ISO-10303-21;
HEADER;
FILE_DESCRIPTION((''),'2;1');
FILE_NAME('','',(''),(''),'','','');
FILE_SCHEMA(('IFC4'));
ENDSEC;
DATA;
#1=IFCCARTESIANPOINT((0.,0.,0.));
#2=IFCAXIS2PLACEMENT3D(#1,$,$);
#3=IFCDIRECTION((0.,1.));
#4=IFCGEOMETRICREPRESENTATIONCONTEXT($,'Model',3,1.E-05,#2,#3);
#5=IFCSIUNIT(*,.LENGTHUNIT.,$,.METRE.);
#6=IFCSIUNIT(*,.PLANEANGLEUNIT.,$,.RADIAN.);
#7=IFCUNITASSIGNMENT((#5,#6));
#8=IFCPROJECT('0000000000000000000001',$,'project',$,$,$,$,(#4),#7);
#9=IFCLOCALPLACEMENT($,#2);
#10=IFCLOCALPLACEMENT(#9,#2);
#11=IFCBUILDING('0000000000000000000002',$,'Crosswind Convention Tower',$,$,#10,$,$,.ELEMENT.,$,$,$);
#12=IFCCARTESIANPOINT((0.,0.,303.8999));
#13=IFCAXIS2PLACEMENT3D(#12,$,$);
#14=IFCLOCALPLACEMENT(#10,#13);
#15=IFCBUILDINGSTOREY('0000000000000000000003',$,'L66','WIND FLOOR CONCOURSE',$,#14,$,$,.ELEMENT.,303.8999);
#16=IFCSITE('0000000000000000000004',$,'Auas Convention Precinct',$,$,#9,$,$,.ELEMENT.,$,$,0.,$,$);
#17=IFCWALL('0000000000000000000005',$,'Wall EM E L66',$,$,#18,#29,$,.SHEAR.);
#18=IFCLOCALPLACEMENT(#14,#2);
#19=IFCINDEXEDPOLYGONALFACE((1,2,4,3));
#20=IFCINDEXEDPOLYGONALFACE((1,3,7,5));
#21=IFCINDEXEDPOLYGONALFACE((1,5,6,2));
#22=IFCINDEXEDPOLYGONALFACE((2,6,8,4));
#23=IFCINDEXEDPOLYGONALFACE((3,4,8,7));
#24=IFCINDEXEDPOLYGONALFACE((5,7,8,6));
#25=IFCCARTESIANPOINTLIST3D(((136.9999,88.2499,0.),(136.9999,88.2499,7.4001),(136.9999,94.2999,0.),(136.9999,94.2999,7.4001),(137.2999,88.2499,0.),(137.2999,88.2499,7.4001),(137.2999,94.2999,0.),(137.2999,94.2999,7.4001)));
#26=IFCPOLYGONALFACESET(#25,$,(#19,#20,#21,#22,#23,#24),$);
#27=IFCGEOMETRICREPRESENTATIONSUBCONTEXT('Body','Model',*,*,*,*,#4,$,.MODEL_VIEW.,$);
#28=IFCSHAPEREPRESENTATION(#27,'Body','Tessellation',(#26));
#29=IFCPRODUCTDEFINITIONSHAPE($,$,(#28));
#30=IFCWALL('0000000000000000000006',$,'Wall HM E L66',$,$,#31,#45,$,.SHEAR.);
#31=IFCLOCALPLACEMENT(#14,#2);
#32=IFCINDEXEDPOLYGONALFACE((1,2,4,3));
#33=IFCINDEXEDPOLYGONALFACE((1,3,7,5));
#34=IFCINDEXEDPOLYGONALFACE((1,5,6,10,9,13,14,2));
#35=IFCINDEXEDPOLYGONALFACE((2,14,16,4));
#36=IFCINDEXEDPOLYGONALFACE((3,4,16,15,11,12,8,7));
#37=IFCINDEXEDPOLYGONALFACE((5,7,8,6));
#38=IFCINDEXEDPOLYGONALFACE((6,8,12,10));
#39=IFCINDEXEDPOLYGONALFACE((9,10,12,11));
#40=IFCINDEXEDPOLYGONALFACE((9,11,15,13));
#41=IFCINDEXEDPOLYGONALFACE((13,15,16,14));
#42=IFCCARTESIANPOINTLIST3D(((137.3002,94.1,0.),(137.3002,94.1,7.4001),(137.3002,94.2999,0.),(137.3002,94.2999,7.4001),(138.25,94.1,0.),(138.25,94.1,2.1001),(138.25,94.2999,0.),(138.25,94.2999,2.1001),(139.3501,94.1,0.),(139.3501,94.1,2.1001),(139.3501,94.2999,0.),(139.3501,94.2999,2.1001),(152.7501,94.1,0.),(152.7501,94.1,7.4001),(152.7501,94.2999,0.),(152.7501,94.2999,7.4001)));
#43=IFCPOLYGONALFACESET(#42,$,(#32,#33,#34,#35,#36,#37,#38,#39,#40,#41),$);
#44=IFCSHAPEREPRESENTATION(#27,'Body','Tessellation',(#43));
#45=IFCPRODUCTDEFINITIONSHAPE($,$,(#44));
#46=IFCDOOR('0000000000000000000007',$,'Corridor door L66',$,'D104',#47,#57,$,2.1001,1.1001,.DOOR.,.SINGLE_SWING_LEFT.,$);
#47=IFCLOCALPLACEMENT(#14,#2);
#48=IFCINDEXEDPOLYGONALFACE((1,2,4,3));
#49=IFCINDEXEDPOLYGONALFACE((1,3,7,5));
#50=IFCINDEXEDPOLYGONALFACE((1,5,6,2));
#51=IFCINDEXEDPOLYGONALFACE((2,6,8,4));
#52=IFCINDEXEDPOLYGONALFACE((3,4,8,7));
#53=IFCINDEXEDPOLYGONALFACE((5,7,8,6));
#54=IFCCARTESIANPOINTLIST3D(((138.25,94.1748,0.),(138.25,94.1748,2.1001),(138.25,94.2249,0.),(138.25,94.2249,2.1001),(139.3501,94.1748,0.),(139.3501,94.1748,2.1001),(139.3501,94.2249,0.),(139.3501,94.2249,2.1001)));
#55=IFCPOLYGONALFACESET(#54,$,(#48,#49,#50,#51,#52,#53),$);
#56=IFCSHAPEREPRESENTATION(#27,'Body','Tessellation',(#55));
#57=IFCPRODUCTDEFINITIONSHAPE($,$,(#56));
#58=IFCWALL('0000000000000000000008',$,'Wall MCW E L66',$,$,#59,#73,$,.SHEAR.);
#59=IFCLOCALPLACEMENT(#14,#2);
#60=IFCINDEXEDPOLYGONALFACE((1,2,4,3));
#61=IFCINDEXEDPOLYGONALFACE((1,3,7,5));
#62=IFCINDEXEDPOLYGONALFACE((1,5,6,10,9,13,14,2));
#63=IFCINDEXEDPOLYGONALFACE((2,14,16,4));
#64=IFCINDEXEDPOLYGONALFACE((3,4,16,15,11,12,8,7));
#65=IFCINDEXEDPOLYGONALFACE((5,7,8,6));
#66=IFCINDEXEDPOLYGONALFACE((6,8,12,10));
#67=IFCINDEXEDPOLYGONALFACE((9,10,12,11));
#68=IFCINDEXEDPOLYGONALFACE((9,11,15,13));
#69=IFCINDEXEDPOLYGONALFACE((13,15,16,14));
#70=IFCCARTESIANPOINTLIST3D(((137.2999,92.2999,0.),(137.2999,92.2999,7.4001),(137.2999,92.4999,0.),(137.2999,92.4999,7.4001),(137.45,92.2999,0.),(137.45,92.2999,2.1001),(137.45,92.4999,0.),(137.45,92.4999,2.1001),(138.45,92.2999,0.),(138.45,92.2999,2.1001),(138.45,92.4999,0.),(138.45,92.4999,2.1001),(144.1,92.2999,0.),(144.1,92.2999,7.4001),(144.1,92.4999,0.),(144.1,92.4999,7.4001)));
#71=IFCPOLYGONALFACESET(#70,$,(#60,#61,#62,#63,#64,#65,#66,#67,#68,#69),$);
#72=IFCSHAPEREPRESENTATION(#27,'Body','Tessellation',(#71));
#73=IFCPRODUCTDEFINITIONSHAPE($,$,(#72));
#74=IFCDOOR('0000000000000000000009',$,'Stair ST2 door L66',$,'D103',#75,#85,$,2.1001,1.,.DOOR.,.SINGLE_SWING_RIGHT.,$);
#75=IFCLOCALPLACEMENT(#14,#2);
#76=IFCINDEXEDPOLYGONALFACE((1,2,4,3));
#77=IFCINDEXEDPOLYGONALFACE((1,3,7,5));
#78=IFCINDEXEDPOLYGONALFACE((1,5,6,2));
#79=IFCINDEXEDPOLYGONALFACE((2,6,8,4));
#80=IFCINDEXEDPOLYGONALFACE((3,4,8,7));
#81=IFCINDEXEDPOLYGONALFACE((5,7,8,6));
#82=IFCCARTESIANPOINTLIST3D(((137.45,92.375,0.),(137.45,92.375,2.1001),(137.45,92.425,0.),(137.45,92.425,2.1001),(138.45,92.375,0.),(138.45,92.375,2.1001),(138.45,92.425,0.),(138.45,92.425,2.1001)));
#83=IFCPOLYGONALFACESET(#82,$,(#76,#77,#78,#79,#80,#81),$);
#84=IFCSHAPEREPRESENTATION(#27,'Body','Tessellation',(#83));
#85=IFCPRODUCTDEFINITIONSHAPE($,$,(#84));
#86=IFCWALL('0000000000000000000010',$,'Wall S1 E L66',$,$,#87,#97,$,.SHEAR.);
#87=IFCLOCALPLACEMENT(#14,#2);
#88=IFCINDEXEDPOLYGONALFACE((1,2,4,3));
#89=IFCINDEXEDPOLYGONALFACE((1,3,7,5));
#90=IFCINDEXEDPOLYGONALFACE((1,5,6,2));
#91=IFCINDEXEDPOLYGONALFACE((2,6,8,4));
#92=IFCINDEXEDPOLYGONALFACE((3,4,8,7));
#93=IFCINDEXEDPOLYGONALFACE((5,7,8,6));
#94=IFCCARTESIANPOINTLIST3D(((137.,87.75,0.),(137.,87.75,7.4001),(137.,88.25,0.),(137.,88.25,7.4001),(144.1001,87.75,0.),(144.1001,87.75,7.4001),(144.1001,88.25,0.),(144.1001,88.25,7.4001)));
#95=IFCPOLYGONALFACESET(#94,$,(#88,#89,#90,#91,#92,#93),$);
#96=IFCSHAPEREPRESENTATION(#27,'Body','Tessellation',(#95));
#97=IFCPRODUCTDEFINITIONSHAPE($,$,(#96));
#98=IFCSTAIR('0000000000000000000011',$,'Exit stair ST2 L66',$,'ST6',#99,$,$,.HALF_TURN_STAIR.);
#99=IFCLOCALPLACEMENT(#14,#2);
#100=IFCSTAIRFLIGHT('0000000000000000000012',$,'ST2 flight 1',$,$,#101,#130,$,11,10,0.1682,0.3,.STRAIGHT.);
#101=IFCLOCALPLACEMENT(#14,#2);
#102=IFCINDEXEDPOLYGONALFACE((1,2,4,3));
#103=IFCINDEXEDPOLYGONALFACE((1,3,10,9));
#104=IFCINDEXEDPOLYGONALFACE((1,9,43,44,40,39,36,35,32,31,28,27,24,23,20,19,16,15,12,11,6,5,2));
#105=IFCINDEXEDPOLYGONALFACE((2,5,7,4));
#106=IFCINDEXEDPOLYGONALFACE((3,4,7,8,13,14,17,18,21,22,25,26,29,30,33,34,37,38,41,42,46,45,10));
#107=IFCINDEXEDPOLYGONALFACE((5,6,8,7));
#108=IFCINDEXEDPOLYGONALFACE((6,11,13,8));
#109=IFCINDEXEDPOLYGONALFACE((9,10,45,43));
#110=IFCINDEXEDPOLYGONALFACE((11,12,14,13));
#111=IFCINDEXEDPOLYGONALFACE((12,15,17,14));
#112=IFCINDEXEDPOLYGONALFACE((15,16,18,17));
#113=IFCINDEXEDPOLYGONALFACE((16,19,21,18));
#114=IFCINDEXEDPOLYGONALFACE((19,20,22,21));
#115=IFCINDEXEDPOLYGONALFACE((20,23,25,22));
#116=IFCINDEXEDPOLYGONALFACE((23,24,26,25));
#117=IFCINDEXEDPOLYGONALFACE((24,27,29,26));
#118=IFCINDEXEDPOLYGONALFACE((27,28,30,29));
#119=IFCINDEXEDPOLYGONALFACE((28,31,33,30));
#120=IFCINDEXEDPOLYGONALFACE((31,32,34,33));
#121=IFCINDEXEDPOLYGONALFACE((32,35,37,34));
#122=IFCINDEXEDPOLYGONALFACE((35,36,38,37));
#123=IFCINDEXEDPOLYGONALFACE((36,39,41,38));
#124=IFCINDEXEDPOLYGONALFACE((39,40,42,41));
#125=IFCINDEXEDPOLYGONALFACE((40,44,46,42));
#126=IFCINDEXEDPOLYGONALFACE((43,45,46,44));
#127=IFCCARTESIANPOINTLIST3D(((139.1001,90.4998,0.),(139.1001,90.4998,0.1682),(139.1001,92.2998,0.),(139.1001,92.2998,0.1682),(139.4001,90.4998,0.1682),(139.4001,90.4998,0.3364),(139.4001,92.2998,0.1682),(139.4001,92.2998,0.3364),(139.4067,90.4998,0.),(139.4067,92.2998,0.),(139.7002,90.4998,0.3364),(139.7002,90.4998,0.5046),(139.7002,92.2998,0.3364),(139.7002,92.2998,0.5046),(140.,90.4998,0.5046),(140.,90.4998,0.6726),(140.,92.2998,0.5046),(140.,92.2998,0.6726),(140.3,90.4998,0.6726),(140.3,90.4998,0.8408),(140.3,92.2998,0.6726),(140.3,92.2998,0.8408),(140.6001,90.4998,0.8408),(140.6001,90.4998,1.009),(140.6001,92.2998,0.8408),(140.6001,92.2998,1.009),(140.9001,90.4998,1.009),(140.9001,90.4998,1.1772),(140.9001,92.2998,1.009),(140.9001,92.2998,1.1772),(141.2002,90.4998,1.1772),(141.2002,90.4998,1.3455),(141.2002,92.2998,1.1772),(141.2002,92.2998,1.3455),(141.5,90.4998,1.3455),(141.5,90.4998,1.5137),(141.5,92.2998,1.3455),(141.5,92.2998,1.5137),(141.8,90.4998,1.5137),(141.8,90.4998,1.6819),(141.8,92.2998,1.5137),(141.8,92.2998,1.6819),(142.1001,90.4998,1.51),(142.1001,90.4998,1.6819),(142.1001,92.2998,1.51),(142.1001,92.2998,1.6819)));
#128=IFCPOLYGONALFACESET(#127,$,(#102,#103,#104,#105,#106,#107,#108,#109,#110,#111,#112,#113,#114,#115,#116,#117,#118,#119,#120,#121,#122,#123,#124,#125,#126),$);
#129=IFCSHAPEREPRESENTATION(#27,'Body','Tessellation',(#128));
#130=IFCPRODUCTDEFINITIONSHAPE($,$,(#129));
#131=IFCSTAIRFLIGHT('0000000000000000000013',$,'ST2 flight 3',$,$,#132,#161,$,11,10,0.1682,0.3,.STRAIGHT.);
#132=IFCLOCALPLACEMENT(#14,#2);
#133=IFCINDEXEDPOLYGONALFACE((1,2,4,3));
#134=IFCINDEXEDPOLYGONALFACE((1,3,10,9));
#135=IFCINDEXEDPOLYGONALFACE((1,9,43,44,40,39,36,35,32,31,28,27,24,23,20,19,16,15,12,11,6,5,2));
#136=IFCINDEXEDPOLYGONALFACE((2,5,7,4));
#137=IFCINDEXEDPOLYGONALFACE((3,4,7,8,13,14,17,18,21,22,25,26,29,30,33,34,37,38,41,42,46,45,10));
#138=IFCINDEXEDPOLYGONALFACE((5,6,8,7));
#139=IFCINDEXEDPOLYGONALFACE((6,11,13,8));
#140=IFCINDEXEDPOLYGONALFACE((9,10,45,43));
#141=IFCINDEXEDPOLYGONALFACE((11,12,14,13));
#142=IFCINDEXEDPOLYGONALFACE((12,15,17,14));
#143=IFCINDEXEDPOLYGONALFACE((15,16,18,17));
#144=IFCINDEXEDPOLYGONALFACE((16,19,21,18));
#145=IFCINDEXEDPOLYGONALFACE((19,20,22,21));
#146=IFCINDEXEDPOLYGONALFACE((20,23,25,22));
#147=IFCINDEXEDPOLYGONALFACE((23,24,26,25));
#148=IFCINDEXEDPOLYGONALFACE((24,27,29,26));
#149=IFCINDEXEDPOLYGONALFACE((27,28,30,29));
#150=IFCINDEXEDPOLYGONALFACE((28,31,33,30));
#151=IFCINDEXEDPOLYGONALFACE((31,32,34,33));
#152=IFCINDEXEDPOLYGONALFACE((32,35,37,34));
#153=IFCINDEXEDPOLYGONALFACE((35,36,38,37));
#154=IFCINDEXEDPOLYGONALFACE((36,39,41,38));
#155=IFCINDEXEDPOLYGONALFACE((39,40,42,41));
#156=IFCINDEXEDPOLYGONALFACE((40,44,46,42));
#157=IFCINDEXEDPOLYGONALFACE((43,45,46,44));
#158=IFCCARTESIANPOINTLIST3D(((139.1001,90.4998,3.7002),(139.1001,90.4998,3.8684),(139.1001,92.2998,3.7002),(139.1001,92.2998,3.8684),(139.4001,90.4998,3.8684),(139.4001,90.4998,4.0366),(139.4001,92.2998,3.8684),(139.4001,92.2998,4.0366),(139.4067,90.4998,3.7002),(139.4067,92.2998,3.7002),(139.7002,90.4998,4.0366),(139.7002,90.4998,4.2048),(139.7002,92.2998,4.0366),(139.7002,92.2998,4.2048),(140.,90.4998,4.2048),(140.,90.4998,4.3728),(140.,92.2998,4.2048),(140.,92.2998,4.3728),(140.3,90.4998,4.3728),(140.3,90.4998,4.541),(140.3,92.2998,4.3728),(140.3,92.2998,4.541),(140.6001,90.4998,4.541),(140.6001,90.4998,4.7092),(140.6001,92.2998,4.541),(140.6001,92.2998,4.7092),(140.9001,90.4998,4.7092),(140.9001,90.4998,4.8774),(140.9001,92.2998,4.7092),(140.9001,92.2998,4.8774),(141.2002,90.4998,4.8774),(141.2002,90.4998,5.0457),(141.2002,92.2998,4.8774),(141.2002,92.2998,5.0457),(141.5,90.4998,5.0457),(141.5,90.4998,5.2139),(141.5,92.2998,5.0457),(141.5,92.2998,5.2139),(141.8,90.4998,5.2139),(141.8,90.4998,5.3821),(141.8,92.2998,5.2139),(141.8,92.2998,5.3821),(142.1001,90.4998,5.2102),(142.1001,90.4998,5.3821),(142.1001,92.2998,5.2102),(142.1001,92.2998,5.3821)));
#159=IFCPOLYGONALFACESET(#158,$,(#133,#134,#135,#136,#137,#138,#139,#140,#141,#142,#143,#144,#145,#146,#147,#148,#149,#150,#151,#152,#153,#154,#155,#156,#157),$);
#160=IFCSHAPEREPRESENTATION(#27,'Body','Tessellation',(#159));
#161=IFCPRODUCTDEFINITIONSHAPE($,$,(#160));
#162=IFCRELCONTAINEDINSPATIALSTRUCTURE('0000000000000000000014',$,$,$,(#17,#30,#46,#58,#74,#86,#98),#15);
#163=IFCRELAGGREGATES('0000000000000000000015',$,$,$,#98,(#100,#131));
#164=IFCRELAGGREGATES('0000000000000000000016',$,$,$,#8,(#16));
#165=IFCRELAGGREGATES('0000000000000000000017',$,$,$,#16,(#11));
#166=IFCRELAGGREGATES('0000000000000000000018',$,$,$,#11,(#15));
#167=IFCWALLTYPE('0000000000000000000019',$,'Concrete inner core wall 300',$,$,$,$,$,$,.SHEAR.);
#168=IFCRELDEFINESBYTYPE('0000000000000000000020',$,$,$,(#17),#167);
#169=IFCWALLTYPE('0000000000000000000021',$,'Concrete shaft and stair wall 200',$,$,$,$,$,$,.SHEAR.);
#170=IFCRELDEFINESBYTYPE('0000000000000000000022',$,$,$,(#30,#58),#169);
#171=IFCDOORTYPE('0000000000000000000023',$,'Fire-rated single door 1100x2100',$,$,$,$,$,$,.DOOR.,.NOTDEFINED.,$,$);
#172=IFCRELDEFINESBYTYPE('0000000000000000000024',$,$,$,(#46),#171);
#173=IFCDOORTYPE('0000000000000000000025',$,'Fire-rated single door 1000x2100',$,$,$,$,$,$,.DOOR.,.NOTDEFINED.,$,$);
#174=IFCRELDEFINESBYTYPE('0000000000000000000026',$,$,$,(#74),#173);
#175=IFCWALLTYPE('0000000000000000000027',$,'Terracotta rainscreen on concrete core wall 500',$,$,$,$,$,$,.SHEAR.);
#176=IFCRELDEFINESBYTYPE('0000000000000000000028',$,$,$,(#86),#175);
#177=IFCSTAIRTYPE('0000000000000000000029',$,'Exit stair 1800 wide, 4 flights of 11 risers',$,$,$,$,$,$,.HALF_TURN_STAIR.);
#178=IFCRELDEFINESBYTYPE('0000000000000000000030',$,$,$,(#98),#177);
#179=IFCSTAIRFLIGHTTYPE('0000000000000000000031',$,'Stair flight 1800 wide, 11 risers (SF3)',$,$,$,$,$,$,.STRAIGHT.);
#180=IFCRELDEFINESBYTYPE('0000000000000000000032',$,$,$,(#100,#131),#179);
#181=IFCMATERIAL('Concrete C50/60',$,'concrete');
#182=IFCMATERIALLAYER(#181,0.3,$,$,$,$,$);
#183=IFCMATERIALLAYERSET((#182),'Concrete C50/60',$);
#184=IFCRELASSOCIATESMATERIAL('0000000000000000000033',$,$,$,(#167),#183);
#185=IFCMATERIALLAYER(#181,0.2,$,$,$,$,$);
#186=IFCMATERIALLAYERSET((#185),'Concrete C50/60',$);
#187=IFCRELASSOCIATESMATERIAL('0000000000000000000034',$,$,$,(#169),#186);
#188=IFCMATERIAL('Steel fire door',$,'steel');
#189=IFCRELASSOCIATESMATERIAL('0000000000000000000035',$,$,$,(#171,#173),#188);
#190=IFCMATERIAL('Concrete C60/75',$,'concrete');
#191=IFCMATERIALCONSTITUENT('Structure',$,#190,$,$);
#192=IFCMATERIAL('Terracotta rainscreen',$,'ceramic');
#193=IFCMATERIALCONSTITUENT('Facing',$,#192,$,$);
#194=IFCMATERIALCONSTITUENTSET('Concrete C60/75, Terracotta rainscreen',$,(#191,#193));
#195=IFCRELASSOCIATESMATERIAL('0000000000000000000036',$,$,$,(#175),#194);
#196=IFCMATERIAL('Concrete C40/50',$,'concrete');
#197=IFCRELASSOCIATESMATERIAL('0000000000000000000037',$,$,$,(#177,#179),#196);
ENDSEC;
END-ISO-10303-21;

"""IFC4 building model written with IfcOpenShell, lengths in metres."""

from ifc_helpers import new_model, si_unit, direction, frame, frame_2d, origin, place, context, subcontext, project, spatial, polyline, rectangle, outline, extrude, material, layer, layer_set, constituent, constituent_set, type_object, element, fill, aggregate, save


model = new_model("IFC4")

# Units and contexts
model_context = context("Model", 3, precision=1e-05, world=origin(), true_north=direction((0.0, 1.0)))
body_context = subcontext(model_context, "Body", "Model", "MODEL_VIEW")
ifc_project = project(units=[si_unit("LENGTHUNIT", "METRE"), si_unit("PLANEANGLEUNIT", "RADIAN")], contexts=[model_context])

# Site, building, storey
site_placement = place(None, origin())
site = spatial("IfcSite", under=ifc_project, at=site_placement, Name="Auas Convention Precinct", CompositionType="ELEMENT", RefElevation=0.0)
building_placement = place(site_placement, origin())
building = spatial("IfcBuilding", under=site, at=building_placement, Name="Crosswind Convention Tower", CompositionType="ELEMENT")
storey_placement = place(building_placement, frame((0.0, 0.0, 303.8999)))
storey = spatial("IfcBuildingStorey", under=building, at=storey_placement, Name="L66", Description="WIND FLOOR CONCOURSE", CompositionType="ELEMENT", Elevation=303.8999)

# Shared definitions
ifc_material_1 = material(Name="Concrete C50/60", Category="concrete")
ifc_layer_1 = layer(ifc_material_1, 0.3)
ifc_layer_set_1 = layer_set([ifc_layer_1], Name="Concrete C50/60")
wall_type_1 = type_object("IfcWallType", Name="Concrete inner core wall 300", PredefinedType="SHEAR", material=ifc_layer_set_1)

# Wall
wall_1_placement = place(storey_placement, frame((137.1499, 88.25, 0.0), z_axis=(0.0, 0.0, 1.0), x_axis=(0.0, 1.0, 0.0)))
element("IfcWall", 1, at=wall_1_placement, inside=storey, type_object=wall_type_1, Name="Wall EM E L66", PredefinedType="SHEAR", context=body_context, shape_type="SweptSolid", body=[
    extrude(rectangle(XDim=6.05, YDim=0.3, at=frame_2d((3.0249, 0.0))), origin(), (0.0, 0.0, 1.0), 7.4001),
])

# Walls, openings, doors
ifc_layer_2 = layer(ifc_material_1, 0.2)
ifc_layer_set_2 = layer_set([ifc_layer_2], Name="Concrete C50/60")
wall_type_2 = type_object("IfcWallType", Name="Concrete shaft and stair wall 200", PredefinedType="SHEAR", material=ifc_layer_set_2)
wall_2_placement = place(storey_placement, frame((137.3, 94.2, 0.0), z_axis=(0.0, 0.0, 1.0), x_axis=(1.0, 0.0, 0.0)))
wall_2 = element("IfcWall", 2, at=wall_2_placement, inside=storey, type_object=wall_type_2, Name="Wall HM E L66", PredefinedType="SHEAR", context=body_context, shape_type="SweptSolid", body=[
    extrude(rectangle(XDim=15.45, YDim=0.2, at=frame_2d((7.7251, 0.0))), origin(), (0.0, 0.0, 1.0), 7.4001),
])
opening_1_placement = place(wall_2_placement, frame((0.95, 0.0, 0.0)))
opening_1 = element("IfcOpeningElement", 3, at=opening_1_placement, cuts=wall_2, PredefinedType="OPENING", context=body_context, shape_type="SweptSolid", body=[
    extrude(rectangle(XDim=1.1001, YDim=2.1001, at=frame_2d((0.55, 1.05))), frame((0.0, 0.1099, 0.0), z_axis=(0.0, -1.0, 0.0), x_axis=(1.0, 0.0, 0.0)), (0.0, 0.0, 1.0), 0.22),
])
ifc_material_2 = material(Name="Steel fire door", Category="steel")
door_type_1 = type_object("IfcDoorType", Name="Fire-rated single door 1100x2100", OperationType="NOTDEFINED", PredefinedType="DOOR", material=ifc_material_2)
door_1_placement = place(opening_1_placement, origin())
door_1 = element("IfcDoor", 4, at=door_1_placement, inside=storey, type_object=door_type_1, Name="Corridor door L66", ObjectType="D104", OperationType="SINGLE_SWING_LEFT", OverallHeight=2.1001, OverallWidth=1.1001, PredefinedType="DOOR", context=body_context, shape_type="SweptSolid", body=[
    extrude(rectangle(XDim=1.1001, YDim=2.1001, at=frame_2d((0.55, 1.05))), frame((0.0, 0.0249, 0.0), z_axis=(0.0, -1.0, 0.0), x_axis=(1.0, 0.0, 0.0)), (0.0, 0.0, 1.0), 0.05),
])
fill(opening_1, door_1)
wall_3_placement = place(storey_placement, frame((137.3, 92.3999, 0.0), z_axis=(0.0, 0.0, 1.0), x_axis=(1.0, 0.0, 0.0)))
wall_3 = element("IfcWall", 5, at=wall_3_placement, inside=storey, type_object=wall_type_2, Name="Wall MCW E L66", PredefinedType="SHEAR", context=body_context, shape_type="SweptSolid", body=[
    extrude(rectangle(XDim=6.8, YDim=0.2, at=frame_2d((3.3999, 0.0))), origin(), (0.0, 0.0, 1.0), 7.4001),
])
opening_2_placement = place(wall_3_placement, frame((0.1499, 0.0, 0.0)))
opening_2 = element("IfcOpeningElement", 6, at=opening_2_placement, cuts=wall_3, PredefinedType="OPENING", context=body_context, shape_type="SweptSolid", body=[
    extrude(rectangle(XDim=1.0, YDim=2.1001, at=frame_2d((0.5, 1.05))), frame((0.0, 0.1099, 0.0), z_axis=(0.0, -1.0, 0.0), x_axis=(1.0, 0.0, 0.0)), (0.0, 0.0, 1.0), 0.22),
])
door_type_2 = type_object("IfcDoorType", Name="Fire-rated single door 1000x2100", OperationType="NOTDEFINED", PredefinedType="DOOR", material=ifc_material_2)
door_2_placement = place(opening_2_placement, frame((1.0, 0.0, 0.0), z_axis=(0.0, 0.0, 1.0), x_axis=(-1.0, 0.0, 0.0)))
door_2 = element("IfcDoor", 7, at=door_2_placement, inside=storey, type_object=door_type_2, Name="Stair ST2 door L66", ObjectType="D103", OperationType="SINGLE_SWING_RIGHT", OverallHeight=2.1001, OverallWidth=1.0, PredefinedType="DOOR", context=body_context, shape_type="SweptSolid", body=[
    extrude(rectangle(XDim=1.0, YDim=2.1001, at=frame_2d((0.5, 1.05))), frame((0.0, 0.0249, 0.0), z_axis=(0.0, -1.0, 0.0), x_axis=(1.0, 0.0, 0.0)), (0.0, 0.0, 1.0), 0.05),
])
fill(opening_2, door_2)

# Wall
ifc_material_3 = material(Name="Concrete C60/75", Category="concrete")
ifc_constituent_1 = constituent(ifc_material_3, Name="Structure")
ifc_material_4 = material(Name="Terracotta rainscreen", Category="ceramic")
ifc_constituent_2 = constituent(ifc_material_4, Name="Facing")
ifc_constituent_set = constituent_set(constituents=[ifc_constituent_1, ifc_constituent_2], Name="Concrete C60/75, Terracotta rainscreen")
wall_type_3 = type_object("IfcWallType", Name="Terracotta rainscreen on concrete core wall 500", PredefinedType="SHEAR", material=ifc_constituent_set)
wall_4_placement = place(storey_placement, frame((137.0, 88.0, 0.0), z_axis=(0.0, 0.0, 1.0), x_axis=(1.0, 0.0, 0.0)))
element("IfcWall", 8, at=wall_4_placement, inside=storey, type_object=wall_type_3, Name="Wall S1 E L66", PredefinedType="SHEAR", context=body_context, shape_type="SweptSolid", body=[
    extrude(rectangle(XDim=7.1001, YDim=0.5, at=frame_2d((3.55, 0.0))), origin(), (0.0, 0.0, 1.0), 7.4001),
])

# Stair, stair flights
ifc_material_5 = material(Name="Concrete C40/50", Category="concrete")
stair_type = type_object("IfcStairType", Name="Exit stair 1800 wide, 4 flights of 11 risers", PredefinedType="HALF_TURN_STAIR", material=ifc_material_5)
stair_placement = place(storey_placement, origin())
stair = element("IfcStair", 9, at=stair_placement, inside=storey, type_object=stair_type, Name="Exit stair ST2 L66", ObjectType="ST6", PredefinedType="HALF_TURN_STAIR")
stair_flight_type = type_object("IfcStairFlightType", Name="Stair flight 1800 wide, 11 risers (SF3)", PredefinedType="STRAIGHT", material=ifc_material_5)
stair_flight_1_placement = place(storey_placement, frame((139.1001, 91.3999, 0.0), z_axis=(0.0, 0.0, 1.0), x_axis=(1.0, 0.0, 0.0)))
stair_flight_1 = element("IfcStairFlight", 10, at=stair_flight_1_placement, type_object=stair_flight_type, Name="ST2 flight 1", NumberOfRisers=11, NumberOfTreads=10, PredefinedType="STRAIGHT", RiserHeight=0.1682, TreadLength=0.3, context=body_context, shape_type="SweptSolid", body=[
    extrude(outline(polyline([(0.0, 0.0), (0.0, 0.1682), (0.3, 0.1682), (0.3, 0.3364), (0.6001, 0.3364), (0.6001, 0.5046), (0.8999, 0.5046), (0.8999, 0.6726), (1.2, 0.6726), (1.2, 0.8408), (1.5, 0.8408), (1.5, 1.009), (1.8, 1.009), (1.8, 1.1772), (2.1001, 1.1772), (2.1001, 1.3455), (2.3999, 1.3455), (2.3999, 1.5137), (2.7, 1.5137), (2.7, 1.6819), (3.0, 1.6819), (3.0, 1.8501), (3.0, 1.51), (0.3066, 0.0), (0.0, 0.0)])), frame((0.0, 0.8999, 0.0), z_axis=(0.0, -1.0, 0.0), x_axis=(1.0, 0.0, 0.0)), (0.0, 0.0, 1.0), 1.8),
])
stair_flight_2_placement = place(storey_placement, frame((139.1001, 91.3999, 3.7002), z_axis=(0.0, 0.0, 1.0), x_axis=(1.0, 0.0, 0.0)))
stair_flight_2 = element("IfcStairFlight", 11, at=stair_flight_2_placement, type_object=stair_flight_type, Name="ST2 flight 3", NumberOfRisers=11, NumberOfTreads=10, PredefinedType="STRAIGHT", RiserHeight=0.1682, TreadLength=0.3, context=body_context, shape_type="SweptSolid", body=[
    extrude(outline(polyline([(0.0, 0.0), (0.0, 0.1682), (0.3, 0.1682), (0.3, 0.3364), (0.6001, 0.3364), (0.6001, 0.5046), (0.8999, 0.5046), (0.8999, 0.6726), (1.2, 0.6726), (1.2, 0.8408), (1.5, 0.8408), (1.5, 1.009), (1.8, 1.009), (1.8, 1.1772), (2.1001, 1.1772), (2.1001, 1.3455), (2.3999, 1.3455), (2.3999, 1.5137), (2.7, 1.5137), (2.7, 1.6819), (3.0, 1.6819), (3.0, 1.8501), (3.0, 1.51), (0.3066, 0.0), (0.0, 0.0)])), frame((0.0, 0.8999, 0.0), z_axis=(0.0, -1.0, 0.0), x_axis=(1.0, 0.0, 0.0)), (0.0, 0.0, 1.0), 1.8),
])
aggregate(stair, [stair_flight_1, stair_flight_2])

save(model, "model.ifc")
